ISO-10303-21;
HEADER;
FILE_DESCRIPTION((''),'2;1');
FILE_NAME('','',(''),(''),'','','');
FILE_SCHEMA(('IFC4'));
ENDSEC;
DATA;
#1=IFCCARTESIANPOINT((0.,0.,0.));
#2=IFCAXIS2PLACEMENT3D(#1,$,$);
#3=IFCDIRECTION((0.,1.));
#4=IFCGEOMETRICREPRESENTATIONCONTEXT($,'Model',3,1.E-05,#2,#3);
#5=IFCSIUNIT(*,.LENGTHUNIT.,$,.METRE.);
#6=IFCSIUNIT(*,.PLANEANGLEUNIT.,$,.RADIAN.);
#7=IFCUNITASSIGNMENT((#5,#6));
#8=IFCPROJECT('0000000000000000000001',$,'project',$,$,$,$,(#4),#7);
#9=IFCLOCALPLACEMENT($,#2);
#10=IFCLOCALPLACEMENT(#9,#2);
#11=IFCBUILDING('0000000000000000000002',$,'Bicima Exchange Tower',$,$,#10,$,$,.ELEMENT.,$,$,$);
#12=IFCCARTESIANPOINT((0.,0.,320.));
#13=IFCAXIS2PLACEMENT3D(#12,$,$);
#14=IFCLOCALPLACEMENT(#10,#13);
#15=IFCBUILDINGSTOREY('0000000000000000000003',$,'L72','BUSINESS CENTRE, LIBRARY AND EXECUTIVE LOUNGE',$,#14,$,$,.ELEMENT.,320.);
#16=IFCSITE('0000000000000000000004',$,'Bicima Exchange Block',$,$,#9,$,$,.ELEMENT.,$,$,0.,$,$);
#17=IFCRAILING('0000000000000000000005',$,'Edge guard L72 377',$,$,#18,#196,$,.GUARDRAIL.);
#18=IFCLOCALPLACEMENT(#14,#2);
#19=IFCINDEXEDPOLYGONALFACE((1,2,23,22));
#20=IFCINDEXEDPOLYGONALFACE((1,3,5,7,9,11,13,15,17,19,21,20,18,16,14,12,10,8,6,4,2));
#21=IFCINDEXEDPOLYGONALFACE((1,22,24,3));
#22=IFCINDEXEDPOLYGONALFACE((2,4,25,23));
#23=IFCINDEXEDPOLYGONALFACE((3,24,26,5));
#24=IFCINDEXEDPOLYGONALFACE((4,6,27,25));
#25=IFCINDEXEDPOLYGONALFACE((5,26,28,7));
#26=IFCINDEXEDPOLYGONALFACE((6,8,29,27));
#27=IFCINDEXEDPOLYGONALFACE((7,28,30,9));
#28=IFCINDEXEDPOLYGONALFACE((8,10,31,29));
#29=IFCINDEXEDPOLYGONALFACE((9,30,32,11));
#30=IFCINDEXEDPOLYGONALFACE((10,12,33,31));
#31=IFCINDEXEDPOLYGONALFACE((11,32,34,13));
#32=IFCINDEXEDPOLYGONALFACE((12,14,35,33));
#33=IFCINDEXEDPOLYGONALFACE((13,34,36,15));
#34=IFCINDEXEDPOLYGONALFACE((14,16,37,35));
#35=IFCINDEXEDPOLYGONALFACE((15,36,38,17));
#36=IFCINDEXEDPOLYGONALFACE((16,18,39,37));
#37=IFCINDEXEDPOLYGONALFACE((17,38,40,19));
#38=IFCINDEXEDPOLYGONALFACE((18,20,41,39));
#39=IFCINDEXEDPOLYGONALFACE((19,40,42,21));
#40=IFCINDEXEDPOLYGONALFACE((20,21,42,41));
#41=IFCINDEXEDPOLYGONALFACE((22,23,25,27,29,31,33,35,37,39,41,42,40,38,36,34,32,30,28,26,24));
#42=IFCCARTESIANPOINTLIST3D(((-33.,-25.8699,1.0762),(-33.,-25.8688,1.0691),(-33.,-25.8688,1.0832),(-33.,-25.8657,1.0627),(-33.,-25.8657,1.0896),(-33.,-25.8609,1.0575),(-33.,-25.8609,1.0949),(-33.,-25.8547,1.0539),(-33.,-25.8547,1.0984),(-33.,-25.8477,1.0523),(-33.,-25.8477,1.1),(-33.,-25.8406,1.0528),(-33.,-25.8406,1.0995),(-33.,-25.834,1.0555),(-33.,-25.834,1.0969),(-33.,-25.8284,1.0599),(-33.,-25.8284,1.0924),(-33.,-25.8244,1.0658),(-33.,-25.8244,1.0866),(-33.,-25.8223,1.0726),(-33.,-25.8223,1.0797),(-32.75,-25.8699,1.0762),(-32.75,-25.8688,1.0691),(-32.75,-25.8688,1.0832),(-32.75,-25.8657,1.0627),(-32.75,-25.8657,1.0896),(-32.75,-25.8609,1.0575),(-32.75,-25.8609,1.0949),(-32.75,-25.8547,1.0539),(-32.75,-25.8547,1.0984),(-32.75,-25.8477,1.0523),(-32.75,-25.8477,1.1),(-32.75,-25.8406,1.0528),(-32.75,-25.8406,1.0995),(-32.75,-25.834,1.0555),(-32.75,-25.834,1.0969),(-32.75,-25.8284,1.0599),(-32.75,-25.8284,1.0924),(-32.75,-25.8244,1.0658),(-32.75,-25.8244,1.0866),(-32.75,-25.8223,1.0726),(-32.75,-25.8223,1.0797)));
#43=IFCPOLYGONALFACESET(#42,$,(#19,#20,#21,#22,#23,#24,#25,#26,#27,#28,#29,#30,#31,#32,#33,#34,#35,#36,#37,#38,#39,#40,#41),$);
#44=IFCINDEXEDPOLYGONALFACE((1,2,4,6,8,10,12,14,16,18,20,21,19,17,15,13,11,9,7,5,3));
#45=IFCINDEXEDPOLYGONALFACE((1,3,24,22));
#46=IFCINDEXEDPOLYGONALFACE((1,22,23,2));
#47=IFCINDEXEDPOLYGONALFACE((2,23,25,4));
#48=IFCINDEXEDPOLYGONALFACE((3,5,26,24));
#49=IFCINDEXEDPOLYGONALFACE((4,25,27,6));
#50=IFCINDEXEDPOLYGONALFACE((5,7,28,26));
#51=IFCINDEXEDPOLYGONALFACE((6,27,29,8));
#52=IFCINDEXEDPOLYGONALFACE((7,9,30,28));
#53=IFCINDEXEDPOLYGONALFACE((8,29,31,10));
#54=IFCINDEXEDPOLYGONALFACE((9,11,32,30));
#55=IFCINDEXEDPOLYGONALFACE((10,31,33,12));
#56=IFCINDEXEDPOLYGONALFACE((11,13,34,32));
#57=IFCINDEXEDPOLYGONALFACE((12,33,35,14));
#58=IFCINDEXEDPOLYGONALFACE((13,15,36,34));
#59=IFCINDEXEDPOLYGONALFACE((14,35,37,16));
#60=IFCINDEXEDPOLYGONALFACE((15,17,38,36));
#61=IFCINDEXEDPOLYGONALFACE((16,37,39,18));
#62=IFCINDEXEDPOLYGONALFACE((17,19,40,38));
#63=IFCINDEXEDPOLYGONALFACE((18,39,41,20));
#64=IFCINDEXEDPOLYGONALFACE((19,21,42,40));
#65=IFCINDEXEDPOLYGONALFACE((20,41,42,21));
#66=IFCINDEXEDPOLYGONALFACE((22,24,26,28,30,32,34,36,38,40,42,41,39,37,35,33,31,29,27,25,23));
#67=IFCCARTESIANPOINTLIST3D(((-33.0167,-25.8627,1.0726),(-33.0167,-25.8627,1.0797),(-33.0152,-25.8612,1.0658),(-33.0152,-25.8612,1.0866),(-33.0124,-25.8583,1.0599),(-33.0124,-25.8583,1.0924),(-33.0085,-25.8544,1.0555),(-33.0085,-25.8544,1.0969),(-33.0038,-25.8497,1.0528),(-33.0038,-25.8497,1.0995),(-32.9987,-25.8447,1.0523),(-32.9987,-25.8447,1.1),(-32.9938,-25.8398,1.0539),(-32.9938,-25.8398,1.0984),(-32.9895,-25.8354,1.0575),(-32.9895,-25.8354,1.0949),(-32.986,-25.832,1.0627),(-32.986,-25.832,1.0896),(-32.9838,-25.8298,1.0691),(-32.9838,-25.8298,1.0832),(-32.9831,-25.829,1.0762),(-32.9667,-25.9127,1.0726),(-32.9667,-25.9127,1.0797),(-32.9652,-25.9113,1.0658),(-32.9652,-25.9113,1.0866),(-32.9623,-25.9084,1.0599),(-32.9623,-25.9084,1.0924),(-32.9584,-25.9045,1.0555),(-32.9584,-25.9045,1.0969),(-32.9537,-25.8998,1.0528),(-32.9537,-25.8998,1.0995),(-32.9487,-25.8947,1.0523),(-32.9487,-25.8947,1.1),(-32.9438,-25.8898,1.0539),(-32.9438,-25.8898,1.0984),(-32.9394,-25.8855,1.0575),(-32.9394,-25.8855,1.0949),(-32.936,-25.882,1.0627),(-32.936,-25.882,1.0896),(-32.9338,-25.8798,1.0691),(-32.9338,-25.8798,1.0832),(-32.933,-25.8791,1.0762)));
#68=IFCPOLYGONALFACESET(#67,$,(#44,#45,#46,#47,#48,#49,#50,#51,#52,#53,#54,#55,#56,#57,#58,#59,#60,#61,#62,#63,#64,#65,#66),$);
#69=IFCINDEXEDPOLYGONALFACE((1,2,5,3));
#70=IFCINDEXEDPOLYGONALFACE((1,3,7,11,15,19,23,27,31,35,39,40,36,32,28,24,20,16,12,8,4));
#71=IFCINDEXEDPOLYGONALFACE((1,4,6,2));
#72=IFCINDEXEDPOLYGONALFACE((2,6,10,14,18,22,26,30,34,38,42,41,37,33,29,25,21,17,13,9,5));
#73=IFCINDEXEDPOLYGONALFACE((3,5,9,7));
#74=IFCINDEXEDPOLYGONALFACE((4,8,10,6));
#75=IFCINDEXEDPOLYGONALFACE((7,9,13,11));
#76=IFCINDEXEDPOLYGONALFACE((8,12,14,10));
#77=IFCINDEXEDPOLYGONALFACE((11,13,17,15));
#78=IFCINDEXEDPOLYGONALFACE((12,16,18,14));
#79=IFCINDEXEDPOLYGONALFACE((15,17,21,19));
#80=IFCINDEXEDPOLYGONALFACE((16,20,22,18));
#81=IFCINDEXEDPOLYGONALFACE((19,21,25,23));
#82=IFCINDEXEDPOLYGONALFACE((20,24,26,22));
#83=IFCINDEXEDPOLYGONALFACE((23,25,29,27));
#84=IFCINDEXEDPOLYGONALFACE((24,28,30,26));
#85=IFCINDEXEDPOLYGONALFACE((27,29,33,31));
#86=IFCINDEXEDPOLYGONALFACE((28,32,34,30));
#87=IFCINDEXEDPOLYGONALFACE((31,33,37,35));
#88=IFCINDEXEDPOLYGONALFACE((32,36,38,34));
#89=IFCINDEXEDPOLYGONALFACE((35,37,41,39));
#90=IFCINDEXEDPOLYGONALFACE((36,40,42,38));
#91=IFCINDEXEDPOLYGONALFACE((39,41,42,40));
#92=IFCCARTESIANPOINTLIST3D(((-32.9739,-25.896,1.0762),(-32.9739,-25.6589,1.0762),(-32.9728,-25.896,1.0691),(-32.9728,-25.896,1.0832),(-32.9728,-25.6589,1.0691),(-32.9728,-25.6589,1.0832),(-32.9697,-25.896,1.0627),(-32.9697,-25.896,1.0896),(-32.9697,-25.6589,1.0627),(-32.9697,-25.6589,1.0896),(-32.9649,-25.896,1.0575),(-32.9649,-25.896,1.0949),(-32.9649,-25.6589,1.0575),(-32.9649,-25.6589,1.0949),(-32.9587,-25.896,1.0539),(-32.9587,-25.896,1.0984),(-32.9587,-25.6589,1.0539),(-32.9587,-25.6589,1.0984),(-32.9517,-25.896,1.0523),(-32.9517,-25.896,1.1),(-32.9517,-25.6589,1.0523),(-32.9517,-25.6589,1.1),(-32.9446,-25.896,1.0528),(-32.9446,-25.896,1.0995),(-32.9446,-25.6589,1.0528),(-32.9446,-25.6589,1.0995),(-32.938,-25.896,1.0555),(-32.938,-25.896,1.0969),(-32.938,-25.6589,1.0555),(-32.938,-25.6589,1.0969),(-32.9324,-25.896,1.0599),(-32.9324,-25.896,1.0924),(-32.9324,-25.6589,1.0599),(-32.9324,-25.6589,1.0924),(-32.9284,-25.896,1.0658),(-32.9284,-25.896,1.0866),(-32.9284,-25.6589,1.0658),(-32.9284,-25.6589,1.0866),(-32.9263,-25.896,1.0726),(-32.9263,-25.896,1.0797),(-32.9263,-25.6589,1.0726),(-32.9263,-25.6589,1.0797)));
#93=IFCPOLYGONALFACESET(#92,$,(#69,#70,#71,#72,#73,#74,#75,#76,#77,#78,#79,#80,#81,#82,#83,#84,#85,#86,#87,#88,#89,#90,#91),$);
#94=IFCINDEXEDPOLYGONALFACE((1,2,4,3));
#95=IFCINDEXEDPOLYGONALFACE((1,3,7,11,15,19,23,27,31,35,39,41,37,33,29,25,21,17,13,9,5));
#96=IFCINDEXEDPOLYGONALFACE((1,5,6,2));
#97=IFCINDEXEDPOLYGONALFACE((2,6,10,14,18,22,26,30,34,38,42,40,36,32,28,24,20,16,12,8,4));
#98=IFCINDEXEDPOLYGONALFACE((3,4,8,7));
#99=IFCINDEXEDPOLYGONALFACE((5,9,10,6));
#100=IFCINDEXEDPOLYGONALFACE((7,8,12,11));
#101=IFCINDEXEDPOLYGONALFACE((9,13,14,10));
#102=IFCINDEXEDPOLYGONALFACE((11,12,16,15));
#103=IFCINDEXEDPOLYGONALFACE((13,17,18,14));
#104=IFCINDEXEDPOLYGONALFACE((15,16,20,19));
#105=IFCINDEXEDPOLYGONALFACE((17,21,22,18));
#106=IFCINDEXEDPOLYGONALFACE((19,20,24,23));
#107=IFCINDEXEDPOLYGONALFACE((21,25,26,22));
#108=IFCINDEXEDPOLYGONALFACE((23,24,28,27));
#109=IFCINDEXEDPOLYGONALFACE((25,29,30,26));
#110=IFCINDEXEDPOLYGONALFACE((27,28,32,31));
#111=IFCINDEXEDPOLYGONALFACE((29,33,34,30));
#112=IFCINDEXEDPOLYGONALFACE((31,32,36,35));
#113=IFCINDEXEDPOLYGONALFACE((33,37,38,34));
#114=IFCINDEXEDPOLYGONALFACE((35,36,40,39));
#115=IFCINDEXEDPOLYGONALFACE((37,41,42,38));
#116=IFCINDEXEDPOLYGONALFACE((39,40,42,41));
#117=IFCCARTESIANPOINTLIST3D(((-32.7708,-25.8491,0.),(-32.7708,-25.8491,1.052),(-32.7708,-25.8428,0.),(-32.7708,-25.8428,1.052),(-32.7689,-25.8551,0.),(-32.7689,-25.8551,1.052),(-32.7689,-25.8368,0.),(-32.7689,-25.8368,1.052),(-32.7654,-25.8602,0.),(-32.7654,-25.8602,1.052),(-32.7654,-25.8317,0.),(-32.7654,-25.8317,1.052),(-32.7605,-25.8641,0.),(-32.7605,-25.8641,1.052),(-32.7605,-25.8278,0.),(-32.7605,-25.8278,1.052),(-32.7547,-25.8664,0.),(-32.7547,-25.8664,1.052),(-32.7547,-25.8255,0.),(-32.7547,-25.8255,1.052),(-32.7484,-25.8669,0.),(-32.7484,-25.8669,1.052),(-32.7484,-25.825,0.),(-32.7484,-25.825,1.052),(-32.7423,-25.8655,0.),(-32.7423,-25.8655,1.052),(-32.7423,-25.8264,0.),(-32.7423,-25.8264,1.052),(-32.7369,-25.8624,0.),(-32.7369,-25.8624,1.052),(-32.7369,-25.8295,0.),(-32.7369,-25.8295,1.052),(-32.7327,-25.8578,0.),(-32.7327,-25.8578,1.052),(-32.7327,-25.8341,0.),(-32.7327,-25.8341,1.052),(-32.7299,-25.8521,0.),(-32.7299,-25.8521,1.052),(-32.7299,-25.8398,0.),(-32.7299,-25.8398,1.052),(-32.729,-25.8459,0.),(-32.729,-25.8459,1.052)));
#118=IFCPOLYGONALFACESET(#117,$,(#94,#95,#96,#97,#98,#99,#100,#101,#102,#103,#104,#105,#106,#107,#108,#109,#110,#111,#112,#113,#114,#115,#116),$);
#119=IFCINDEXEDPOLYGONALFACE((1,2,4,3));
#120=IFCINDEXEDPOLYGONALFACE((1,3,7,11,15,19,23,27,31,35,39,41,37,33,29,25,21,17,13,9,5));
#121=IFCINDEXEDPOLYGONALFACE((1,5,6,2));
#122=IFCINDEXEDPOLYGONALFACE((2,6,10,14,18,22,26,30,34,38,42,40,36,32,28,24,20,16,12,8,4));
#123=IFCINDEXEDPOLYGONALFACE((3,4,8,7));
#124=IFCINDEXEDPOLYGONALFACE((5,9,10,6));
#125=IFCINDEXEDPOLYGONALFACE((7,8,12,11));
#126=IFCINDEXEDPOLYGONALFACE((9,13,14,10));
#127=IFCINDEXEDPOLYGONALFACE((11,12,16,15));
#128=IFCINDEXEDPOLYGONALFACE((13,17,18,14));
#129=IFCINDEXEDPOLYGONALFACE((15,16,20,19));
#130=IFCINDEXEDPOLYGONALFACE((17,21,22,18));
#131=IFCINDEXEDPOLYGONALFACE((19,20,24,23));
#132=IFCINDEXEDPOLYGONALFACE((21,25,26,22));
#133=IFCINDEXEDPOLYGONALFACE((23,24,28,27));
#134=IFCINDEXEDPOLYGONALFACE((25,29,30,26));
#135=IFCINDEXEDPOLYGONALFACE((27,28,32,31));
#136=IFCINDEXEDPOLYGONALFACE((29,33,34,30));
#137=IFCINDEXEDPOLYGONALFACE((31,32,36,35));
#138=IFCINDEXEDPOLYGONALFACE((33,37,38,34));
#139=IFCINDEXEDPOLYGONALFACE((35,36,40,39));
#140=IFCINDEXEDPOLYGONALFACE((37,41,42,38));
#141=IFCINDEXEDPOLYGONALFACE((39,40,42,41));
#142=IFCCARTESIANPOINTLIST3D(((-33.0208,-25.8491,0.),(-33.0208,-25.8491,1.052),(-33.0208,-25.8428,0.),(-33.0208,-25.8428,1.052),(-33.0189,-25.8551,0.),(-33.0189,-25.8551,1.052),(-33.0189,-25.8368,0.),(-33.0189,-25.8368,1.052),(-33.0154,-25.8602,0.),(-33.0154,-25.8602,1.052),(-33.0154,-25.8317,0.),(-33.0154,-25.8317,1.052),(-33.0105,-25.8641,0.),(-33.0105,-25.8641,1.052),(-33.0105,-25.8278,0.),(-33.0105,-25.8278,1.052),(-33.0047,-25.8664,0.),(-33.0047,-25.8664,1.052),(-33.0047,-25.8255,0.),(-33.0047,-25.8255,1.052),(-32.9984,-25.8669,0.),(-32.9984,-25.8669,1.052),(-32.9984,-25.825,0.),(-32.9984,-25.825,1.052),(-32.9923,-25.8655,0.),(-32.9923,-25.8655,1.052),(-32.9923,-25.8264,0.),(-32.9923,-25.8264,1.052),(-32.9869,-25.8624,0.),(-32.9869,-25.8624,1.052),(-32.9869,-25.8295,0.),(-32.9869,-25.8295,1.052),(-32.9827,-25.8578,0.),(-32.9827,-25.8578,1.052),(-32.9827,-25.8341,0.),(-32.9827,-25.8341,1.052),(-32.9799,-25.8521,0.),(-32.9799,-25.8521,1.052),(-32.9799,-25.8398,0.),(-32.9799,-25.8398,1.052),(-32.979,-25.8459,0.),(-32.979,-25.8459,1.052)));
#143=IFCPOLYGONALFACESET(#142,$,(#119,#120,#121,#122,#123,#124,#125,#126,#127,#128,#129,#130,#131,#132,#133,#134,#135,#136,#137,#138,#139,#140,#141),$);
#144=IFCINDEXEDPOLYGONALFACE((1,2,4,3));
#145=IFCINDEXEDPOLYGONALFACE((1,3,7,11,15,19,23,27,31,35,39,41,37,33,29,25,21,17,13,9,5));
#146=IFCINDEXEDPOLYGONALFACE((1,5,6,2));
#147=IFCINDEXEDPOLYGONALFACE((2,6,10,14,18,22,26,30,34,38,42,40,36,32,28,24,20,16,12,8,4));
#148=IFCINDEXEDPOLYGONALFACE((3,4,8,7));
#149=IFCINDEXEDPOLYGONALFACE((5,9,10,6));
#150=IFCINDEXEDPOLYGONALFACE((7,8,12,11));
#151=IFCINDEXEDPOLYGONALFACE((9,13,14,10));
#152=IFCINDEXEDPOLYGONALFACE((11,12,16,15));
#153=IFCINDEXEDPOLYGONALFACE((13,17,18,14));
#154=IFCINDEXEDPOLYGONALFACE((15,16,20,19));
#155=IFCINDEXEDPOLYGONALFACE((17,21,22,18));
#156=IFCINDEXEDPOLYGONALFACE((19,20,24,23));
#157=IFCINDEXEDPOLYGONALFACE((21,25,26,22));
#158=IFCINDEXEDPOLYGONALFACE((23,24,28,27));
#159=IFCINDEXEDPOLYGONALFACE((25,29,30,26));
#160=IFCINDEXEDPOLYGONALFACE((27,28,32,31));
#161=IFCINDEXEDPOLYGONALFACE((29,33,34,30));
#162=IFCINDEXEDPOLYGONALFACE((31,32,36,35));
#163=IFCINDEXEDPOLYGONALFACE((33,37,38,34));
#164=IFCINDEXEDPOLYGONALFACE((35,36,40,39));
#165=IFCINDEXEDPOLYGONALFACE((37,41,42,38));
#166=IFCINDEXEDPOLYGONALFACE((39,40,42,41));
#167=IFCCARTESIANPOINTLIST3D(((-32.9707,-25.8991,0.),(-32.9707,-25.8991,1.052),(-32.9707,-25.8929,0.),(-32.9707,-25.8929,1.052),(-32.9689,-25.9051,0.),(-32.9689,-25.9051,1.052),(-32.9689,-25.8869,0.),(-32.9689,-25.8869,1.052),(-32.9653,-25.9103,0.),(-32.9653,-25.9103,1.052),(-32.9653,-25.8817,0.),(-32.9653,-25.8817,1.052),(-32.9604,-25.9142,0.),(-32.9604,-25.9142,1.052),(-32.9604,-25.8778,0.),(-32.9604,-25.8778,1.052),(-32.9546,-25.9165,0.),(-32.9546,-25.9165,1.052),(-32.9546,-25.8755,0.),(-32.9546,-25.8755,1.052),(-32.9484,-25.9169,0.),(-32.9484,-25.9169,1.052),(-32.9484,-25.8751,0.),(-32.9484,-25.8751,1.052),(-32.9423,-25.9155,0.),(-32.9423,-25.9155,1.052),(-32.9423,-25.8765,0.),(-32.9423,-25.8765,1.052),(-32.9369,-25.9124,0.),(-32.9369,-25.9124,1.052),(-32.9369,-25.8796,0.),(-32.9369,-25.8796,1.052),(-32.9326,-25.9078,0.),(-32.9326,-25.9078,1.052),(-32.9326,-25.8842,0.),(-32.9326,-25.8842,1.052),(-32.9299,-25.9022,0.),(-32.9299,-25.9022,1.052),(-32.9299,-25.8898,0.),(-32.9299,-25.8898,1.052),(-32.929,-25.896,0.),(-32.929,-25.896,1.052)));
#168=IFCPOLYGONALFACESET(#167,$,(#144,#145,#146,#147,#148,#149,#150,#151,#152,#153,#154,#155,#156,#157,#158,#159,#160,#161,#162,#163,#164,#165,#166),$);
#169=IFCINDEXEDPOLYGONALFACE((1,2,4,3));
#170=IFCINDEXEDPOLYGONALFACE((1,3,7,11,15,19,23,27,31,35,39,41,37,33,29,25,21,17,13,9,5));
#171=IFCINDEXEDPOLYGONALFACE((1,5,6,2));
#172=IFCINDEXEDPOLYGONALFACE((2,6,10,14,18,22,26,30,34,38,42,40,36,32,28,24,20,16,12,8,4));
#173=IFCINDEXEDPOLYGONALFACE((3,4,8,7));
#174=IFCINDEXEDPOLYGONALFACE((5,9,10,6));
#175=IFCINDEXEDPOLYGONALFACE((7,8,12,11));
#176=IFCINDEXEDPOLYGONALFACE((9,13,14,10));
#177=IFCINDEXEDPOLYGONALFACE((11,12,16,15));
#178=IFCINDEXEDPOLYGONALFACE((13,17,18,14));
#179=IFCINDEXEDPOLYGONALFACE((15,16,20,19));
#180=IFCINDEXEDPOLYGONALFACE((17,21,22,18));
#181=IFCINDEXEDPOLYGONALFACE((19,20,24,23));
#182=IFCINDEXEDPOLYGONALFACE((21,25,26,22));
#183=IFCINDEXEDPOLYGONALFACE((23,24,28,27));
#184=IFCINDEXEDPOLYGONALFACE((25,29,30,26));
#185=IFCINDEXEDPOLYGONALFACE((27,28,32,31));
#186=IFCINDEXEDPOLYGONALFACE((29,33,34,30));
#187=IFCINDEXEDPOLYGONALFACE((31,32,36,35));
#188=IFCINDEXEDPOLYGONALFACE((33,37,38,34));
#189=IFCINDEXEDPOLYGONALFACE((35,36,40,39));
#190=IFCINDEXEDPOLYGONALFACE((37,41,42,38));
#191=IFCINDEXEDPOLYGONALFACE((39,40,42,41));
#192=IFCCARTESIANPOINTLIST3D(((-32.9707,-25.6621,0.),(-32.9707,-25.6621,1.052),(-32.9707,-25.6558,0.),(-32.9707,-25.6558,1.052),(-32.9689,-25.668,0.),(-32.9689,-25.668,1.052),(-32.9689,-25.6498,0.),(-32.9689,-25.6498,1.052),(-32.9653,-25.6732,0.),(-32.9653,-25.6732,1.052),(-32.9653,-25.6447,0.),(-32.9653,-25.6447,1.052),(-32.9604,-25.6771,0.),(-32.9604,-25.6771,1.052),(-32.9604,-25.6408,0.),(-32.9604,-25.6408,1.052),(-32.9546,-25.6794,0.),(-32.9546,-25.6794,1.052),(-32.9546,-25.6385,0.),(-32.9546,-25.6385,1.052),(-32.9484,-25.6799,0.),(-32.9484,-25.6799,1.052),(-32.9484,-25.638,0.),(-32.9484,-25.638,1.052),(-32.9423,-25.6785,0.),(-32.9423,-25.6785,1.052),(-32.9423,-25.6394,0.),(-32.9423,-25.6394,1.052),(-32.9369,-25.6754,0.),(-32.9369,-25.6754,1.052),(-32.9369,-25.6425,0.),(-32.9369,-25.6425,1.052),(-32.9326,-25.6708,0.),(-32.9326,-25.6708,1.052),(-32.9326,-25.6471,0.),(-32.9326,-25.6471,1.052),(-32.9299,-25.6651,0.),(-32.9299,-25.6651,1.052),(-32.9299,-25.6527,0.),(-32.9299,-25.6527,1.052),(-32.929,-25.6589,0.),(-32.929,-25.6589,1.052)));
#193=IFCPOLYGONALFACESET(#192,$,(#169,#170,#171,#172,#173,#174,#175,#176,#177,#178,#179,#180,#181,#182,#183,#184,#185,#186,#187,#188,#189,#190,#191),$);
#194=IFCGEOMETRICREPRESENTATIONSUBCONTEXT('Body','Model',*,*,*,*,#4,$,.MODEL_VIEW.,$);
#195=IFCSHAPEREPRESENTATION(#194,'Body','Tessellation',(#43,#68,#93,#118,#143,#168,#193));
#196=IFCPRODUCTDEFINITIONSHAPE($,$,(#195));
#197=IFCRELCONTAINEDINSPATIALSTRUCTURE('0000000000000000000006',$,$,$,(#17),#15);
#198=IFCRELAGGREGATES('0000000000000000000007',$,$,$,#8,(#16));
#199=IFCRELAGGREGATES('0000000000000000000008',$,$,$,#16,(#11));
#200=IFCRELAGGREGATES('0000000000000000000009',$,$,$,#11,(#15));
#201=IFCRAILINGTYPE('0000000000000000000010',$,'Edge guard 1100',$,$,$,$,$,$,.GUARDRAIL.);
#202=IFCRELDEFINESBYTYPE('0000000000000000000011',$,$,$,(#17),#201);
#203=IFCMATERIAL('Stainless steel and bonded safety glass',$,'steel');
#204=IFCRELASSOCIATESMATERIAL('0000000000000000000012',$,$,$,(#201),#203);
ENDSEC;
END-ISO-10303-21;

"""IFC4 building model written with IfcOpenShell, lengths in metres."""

from ifc_helpers import new_model, si_unit, direction, frame, origin, origin_2d, place, context, subcontext, project, spatial, circle, extrude, material, type_object, element, save


model = new_model("IFC4")

# Units and contexts
model_context = context("Model", 3, precision=1e-05, world=origin(), true_north=direction((0.0, 1.0)))
body_context = subcontext(model_context, "Body", "Model", "MODEL_VIEW")
ifc_project = project(units=[si_unit("LENGTHUNIT", "METRE"), si_unit("PLANEANGLEUNIT", "RADIAN")], contexts=[model_context])

# Site, building, storey
site_placement = place(None, origin())
site = spatial("IfcSite", under=ifc_project, at=site_placement, Name="Bicima Exchange Block", CompositionType="ELEMENT", RefElevation=0.0)
building_placement = place(site_placement, origin())
building = spatial("IfcBuilding", under=site, at=building_placement, Name="Bicima Exchange Tower", CompositionType="ELEMENT")
storey_placement = place(building_placement, frame((0.0, 0.0, 320.0)))
storey = spatial("IfcBuildingStorey", under=building, at=storey_placement, Name="L72", Description="BUSINESS CENTRE, LIBRARY AND EXECUTIVE LOUNGE", CompositionType="ELEMENT", Elevation=320.0)

# Railing
ifc_material_1 = material(Name="Stainless steel and bonded safety glass", Category="steel")
railing_type = type_object("IfcRailingType", Name="Edge guard 1100", PredefinedType="GUARDRAIL", material=ifc_material_1)
railing_placement = place(storey_placement, frame((-32.75, -25.8459, 0.0)))
element("IfcRailing", 1, at=railing_placement, inside=storey, type_object=railing_type, Name="Edge guard L72 377", PredefinedType="GUARDRAIL", context=body_context, shape_type="SweptSolid", body=[
    extrude(circle(Radius=0.0239, at=origin_2d()), frame((0.0, 0.0, 1.0762), z_axis=(-1.0, 0.0, 0.0), x_axis=(0.0, -1.0, 0.0)), (0.0, 0.0, 1.0), 0.25),
    extrude(circle(Radius=0.0239, at=origin_2d()), frame((-0.25, 0.0, 1.0762), z_axis=(0.707107, -0.707107, 0.0), x_axis=(0.707107, 0.707107, 0.0)), (0.0, 0.0, 1.0), 0.0708),
    extrude(circle(Radius=0.0239, at=origin_2d()), frame((-0.2, -0.05, 1.0762), z_axis=(0.0, 1.0, 0.0), x_axis=(-1.0, 0.0, 0.0)), (0.0, 0.0, 1.0), 0.2371),
    extrude(circle(Radius=0.021, at=origin_2d()), origin(), (0.0, 0.0, 1.0), 1.052),
    extrude(circle(Radius=0.021, at=origin_2d()), frame((-0.25, 0.0, 0.0)), (0.0, 0.0, 1.0), 1.052),
    extrude(circle(Radius=0.021, at=origin_2d()), frame((-0.2, -0.05, 0.0)), (0.0, 0.0, 1.0), 1.052),
    extrude(circle(Radius=0.021, at=origin_2d()), frame((-0.2, 0.187, 0.0)), (0.0, 0.0, 1.0), 1.052),
])

save(model, "model.ifc")
